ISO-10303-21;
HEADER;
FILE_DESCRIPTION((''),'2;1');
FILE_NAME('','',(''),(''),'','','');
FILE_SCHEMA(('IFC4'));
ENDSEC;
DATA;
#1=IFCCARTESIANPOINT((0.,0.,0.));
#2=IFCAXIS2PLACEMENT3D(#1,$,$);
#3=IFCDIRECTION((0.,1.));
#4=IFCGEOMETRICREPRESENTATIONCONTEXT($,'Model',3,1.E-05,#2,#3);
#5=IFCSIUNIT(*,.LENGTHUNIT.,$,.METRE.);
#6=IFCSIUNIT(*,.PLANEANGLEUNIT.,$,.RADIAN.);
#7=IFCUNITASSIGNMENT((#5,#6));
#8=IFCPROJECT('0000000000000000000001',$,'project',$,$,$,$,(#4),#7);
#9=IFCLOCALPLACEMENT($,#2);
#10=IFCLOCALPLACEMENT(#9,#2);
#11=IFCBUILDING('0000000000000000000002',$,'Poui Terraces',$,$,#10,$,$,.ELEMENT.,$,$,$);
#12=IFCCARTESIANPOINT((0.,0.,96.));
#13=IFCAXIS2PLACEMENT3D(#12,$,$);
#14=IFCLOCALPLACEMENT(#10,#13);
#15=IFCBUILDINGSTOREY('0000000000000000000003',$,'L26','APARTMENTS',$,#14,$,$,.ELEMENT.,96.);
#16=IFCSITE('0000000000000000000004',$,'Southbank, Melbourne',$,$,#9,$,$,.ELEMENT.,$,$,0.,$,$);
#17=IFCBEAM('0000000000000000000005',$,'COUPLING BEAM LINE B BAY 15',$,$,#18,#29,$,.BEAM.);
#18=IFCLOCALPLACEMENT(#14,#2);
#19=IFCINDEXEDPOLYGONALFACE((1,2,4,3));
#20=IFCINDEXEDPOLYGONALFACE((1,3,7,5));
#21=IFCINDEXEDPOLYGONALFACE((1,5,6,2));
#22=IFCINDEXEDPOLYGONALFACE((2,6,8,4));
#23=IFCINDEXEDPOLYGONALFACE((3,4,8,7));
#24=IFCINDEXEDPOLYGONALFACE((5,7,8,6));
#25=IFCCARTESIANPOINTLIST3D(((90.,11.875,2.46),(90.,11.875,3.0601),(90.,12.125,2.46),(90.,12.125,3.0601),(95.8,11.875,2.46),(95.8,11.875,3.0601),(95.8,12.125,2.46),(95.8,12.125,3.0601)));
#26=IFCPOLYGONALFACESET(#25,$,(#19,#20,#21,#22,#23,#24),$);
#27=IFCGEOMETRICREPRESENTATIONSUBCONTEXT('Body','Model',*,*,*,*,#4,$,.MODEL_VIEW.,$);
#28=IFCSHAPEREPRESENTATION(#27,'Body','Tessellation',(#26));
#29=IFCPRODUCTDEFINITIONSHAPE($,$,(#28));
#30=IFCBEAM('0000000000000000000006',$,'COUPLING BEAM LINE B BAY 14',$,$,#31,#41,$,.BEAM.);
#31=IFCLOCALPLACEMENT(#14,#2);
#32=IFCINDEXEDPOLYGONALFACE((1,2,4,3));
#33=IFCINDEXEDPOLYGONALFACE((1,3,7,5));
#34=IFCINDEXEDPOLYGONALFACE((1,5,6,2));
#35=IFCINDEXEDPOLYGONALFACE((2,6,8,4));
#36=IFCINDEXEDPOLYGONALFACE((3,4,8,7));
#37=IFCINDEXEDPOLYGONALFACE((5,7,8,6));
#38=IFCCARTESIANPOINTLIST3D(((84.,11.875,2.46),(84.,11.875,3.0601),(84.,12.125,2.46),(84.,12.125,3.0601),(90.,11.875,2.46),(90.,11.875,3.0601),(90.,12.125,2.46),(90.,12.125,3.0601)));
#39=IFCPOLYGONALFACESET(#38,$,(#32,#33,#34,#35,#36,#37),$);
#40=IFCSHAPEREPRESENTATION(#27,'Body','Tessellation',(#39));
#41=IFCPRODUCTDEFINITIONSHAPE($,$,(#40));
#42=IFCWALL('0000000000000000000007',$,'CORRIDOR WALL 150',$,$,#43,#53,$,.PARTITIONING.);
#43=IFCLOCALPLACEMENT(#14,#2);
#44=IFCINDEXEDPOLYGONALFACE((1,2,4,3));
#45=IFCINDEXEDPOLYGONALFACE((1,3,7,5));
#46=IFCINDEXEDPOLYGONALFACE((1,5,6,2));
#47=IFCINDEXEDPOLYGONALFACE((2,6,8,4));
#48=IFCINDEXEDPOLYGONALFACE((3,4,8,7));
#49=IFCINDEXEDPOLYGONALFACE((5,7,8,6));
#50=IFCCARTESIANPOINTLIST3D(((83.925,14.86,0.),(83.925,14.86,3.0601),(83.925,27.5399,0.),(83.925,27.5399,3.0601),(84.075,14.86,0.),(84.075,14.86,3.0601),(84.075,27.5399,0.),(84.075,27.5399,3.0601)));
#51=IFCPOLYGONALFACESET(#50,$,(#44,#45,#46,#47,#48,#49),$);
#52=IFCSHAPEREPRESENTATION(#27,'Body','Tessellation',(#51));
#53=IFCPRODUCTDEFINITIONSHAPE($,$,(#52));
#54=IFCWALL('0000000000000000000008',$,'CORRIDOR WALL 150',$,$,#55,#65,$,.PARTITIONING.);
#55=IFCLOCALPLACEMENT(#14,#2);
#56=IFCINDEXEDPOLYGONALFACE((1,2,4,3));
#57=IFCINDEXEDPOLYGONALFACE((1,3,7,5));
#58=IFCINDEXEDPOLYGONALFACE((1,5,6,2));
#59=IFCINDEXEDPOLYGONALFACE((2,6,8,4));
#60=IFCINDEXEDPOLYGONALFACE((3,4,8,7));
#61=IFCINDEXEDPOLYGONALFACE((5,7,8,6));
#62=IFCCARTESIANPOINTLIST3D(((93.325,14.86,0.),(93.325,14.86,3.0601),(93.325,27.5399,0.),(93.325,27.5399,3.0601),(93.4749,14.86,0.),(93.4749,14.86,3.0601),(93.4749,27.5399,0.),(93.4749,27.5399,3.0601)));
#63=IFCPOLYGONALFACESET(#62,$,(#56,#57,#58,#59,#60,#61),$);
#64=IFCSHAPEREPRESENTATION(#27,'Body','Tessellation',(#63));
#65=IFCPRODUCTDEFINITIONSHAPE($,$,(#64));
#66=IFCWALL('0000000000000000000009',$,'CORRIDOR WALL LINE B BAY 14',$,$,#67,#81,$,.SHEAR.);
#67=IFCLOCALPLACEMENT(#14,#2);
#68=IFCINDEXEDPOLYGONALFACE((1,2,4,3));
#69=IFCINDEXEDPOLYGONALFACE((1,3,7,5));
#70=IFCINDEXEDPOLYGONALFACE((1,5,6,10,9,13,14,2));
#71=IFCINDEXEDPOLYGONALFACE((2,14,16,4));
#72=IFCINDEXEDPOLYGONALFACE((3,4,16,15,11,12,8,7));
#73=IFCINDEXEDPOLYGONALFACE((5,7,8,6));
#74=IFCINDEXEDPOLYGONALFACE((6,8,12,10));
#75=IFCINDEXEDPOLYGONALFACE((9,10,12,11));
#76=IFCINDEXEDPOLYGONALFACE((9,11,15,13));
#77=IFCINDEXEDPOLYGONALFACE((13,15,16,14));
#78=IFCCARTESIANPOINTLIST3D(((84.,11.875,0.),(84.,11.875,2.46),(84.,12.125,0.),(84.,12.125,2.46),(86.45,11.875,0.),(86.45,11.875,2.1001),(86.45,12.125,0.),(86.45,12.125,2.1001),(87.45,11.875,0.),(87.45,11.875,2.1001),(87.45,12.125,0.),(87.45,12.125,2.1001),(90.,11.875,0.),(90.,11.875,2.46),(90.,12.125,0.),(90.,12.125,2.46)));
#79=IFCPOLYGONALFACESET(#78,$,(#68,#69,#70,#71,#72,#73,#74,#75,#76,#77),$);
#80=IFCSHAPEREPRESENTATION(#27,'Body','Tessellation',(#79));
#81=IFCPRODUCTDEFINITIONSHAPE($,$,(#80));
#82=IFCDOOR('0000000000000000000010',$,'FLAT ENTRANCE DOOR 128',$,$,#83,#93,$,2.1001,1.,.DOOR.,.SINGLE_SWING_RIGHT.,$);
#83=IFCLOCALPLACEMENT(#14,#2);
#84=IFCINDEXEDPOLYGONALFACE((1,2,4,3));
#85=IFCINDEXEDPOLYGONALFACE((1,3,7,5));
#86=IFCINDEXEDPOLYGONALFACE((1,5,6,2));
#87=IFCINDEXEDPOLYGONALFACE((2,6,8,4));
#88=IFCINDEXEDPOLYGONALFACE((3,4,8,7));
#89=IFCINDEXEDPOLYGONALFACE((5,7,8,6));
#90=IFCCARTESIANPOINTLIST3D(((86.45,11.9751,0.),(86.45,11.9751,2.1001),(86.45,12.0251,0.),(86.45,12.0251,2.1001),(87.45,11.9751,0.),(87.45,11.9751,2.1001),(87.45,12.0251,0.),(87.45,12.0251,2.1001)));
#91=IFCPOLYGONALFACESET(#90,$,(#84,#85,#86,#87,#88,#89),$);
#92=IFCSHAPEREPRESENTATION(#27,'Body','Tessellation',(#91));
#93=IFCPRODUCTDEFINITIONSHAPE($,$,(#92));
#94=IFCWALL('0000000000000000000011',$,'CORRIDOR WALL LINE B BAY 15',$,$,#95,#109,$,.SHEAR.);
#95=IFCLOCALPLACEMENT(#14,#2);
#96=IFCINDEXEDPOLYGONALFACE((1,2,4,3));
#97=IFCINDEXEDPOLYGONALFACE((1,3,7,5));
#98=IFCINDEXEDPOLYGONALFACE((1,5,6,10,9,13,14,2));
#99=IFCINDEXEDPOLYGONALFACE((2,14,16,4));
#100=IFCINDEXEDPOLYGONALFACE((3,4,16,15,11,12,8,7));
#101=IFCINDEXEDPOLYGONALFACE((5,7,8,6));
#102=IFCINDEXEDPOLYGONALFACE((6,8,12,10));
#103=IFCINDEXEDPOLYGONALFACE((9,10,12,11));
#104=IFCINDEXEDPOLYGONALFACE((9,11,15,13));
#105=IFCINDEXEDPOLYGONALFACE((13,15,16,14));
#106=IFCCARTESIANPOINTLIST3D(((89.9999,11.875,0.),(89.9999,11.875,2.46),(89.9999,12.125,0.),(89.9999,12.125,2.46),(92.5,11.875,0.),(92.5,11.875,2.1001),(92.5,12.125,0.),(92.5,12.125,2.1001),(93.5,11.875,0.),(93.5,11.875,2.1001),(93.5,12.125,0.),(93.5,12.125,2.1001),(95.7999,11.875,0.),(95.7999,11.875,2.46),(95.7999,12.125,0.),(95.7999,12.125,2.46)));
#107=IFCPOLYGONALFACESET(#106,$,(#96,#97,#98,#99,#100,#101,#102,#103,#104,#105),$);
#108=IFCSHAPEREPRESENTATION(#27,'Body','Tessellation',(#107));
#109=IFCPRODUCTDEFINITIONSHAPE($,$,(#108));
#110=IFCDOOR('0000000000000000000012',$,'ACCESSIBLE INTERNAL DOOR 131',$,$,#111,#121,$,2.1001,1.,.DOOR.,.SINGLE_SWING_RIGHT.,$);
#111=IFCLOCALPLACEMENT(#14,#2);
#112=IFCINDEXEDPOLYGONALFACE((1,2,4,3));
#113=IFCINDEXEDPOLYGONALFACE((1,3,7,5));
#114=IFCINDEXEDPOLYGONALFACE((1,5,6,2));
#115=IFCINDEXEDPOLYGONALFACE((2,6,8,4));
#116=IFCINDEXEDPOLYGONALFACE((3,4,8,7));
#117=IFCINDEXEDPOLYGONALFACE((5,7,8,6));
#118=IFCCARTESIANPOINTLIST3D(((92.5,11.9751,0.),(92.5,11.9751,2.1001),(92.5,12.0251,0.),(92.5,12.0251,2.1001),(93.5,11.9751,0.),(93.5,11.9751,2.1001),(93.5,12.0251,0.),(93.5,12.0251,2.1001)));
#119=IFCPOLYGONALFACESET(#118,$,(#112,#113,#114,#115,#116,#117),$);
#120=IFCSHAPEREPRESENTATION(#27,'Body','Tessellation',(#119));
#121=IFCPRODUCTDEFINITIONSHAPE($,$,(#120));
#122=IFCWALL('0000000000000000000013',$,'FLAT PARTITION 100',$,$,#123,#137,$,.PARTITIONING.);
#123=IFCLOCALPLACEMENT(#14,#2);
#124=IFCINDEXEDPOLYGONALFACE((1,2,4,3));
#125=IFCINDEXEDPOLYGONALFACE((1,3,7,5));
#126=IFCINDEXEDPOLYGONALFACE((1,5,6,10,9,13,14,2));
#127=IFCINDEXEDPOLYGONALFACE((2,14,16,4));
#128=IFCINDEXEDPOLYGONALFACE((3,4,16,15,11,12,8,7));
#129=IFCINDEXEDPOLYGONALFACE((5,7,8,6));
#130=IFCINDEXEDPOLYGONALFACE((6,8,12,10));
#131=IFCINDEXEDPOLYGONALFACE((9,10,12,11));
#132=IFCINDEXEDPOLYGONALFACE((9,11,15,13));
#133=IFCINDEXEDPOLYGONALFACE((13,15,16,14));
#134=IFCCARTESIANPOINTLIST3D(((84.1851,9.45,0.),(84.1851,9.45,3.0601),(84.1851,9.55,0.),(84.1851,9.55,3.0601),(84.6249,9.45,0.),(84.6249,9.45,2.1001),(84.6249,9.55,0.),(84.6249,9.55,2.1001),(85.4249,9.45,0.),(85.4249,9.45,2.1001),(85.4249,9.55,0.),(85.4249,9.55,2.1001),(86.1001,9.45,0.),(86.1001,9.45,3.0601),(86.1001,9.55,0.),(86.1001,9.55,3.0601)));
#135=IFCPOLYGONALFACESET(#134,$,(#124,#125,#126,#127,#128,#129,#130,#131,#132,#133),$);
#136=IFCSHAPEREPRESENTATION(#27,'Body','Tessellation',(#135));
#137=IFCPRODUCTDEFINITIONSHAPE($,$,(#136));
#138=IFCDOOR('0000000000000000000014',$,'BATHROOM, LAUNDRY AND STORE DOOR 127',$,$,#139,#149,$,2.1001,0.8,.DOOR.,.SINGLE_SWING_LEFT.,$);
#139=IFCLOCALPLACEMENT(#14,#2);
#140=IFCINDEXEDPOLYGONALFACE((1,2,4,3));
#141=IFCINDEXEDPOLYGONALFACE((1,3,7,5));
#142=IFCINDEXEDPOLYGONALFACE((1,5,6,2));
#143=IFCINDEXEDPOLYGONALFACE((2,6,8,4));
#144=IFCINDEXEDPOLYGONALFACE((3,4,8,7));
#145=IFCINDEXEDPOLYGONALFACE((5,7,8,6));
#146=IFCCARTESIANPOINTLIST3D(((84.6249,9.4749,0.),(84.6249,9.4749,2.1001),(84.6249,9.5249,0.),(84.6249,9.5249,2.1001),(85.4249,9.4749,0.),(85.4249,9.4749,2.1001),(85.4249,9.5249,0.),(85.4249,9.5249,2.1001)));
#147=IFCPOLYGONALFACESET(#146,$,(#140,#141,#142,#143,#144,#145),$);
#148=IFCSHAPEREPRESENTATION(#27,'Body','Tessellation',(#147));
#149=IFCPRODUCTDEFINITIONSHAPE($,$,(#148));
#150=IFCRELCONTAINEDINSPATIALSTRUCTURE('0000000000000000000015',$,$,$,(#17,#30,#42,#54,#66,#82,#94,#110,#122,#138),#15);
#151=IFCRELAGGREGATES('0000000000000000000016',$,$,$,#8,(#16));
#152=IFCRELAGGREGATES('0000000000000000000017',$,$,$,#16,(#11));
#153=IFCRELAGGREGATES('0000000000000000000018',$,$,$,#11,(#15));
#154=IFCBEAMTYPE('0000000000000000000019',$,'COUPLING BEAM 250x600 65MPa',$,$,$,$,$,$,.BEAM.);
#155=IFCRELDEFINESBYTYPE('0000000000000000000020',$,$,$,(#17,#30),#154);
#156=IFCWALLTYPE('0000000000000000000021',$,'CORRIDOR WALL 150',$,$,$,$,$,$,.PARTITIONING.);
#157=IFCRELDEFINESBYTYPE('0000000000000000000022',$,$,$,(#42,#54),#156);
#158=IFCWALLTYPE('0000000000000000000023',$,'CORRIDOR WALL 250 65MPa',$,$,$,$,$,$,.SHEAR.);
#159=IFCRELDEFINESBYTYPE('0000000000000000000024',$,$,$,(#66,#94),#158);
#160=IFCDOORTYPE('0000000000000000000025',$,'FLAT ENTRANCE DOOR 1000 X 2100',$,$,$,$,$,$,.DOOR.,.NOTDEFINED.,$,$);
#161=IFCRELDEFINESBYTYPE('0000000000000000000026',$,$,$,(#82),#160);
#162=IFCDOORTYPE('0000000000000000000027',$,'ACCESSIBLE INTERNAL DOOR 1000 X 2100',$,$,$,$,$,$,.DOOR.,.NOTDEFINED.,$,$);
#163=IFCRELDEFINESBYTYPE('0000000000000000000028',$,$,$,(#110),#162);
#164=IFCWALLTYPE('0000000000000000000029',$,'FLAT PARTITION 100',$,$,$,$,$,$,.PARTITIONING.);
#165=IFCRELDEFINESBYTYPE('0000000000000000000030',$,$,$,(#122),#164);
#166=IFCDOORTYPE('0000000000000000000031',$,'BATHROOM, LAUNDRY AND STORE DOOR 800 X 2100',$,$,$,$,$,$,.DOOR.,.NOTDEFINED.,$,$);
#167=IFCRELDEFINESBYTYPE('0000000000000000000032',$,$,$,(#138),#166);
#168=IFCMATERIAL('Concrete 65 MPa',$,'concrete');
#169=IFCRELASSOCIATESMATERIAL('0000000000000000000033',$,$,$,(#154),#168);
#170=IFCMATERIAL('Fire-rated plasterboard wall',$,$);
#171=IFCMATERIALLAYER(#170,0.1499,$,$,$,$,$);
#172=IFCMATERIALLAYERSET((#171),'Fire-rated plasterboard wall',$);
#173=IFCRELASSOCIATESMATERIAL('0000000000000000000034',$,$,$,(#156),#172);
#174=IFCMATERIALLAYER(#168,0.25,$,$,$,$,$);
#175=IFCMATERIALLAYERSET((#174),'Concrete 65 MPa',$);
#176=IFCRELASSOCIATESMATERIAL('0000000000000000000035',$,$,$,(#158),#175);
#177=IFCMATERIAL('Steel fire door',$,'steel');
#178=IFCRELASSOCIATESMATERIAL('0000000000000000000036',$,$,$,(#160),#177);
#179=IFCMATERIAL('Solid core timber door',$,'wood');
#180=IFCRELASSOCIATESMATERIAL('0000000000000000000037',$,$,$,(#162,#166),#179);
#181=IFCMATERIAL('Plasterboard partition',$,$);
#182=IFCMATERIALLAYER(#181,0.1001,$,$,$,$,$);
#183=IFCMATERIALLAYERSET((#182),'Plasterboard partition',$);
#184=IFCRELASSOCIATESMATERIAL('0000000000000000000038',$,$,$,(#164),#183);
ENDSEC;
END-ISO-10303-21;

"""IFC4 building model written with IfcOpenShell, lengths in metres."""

from ifc_helpers import new_model, si_unit, direction, frame, frame_2d, origin, origin_2d, place, context, subcontext, project, spatial, rectangle, extrude, source, transform, mapped, material, layer, layer_set, material_profile, profile_set, type_object, element, fill, save


model = new_model("IFC4")

# Units and contexts
model_context = context("Model", 3, precision=1e-05, world=origin(), true_north=direction((0.0, 1.0)))
body_context = subcontext(model_context, "Body", "Model", "MODEL_VIEW")
ifc_project = project(units=[si_unit("LENGTHUNIT", "METRE"), si_unit("PLANEANGLEUNIT", "RADIAN")], contexts=[model_context])

# Site, building, storey
site_placement = place(None, origin())
site = spatial("IfcSite", under=ifc_project, at=site_placement, Name="Southbank, Melbourne", CompositionType="ELEMENT", RefElevation=0.0)
building_placement = place(site_placement, origin())
building = spatial("IfcBuilding", under=site, at=building_placement, Name="Poui Terraces", CompositionType="ELEMENT")
storey_placement = place(building_placement, frame((0.0, 0.0, 96.0)))
storey = spatial("IfcBuildingStorey", under=building, at=storey_placement, Name="L26", Description="APARTMENTS", CompositionType="ELEMENT", Elevation=96.0)

# Beams
ifc_material_1 = material(Name="Concrete 65 MPa", Category="concrete")
ifc_material_profile = material_profile(ifc_material_1, rectangle(XDim=0.25, YDim=0.6001, at=origin_2d()), Name="RC 250x600")
ifc_profile_set = profile_set([ifc_material_profile], Name="Concrete 65 MPa")
beam_type = type_object("IfcBeamType", Name="COUPLING BEAM 250x600 65MPa", PredefinedType="BEAM", material=ifc_profile_set)
shared_shape_1 = source(origin(), body_context, "Body", "SweptSolid", [
    extrude(rectangle(XDim=0.25, YDim=0.6001, at=origin_2d()), origin(), (0.0, 0.0, 1.0), 5.8),
])
beam_1_placement = place(storey_placement, frame((90.0, 12.0, 2.76), z_axis=(1.0, 0.0, 0.0), x_axis=(0.0, 1.0, 0.0)))
element("IfcBeam", 1, at=beam_1_placement, inside=storey, type_object=beam_type, Name="COUPLING BEAM LINE B BAY 15", PredefinedType="BEAM", context=body_context, shape_type="MappedRepresentation", body=[
    mapped(shared_shape_1, transform((0.0, 0.0, 0.0))),
])
shared_shape_2 = source(origin(), body_context, "Body", "SweptSolid", [
    extrude(rectangle(XDim=0.25, YDim=0.6001, at=origin_2d()), origin(), (0.0, 0.0, 1.0), 6.0),
])
beam_2_placement = place(storey_placement, frame((84.0, 12.0, 2.76), z_axis=(1.0, 0.0, 0.0), x_axis=(0.0, 1.0, 0.0)))
element("IfcBeam", 2, at=beam_2_placement, inside=storey, type_object=beam_type, Name="COUPLING BEAM LINE B BAY 14", PredefinedType="BEAM", context=body_context, shape_type="MappedRepresentation", body=[
    mapped(shared_shape_2, transform((0.0, 0.0, 0.0))),
])

# Walls
ifc_material_2 = material(Name="Fire-rated plasterboard wall")
ifc_layer_1 = layer(ifc_material_2, 0.1499)
ifc_layer_set_1 = layer_set([ifc_layer_1], Name="Fire-rated plasterboard wall")
wall_type_1 = type_object("IfcWallType", Name="CORRIDOR WALL 150", PredefinedType="PARTITIONING", material=ifc_layer_set_1)
for number, where, z_axis, x_axis, name in (
    (3, (84.0, 14.8601, 0.0), (0.0, 0.0, 1.0), (0.0, 1.0, 0.0), "CORRIDOR WALL 150"),
    (4, (93.3999, 14.8601, 0.0), (0.0, 0.0, 1.0), (0.0, 1.0, 0.0), "CORRIDOR WALL 150"),
):
    element("IfcWall", number, at=place(storey_placement, frame(where, z_axis=z_axis, x_axis=x_axis)), inside=storey, type_object=wall_type_1, Name=name, PredefinedType="PARTITIONING", context=body_context, shape_type="SweptSolid", body=[
        extrude(rectangle(XDim=12.6799, YDim=0.1499, at=frame_2d((6.3398, 0.0))), origin(), (0.0, 0.0, 1.0), 3.0601),
    ])

# Walls, openings, doors
ifc_layer_2 = layer(ifc_material_1, 0.25)
ifc_layer_set_2 = layer_set([ifc_layer_2], Name="Concrete 65 MPa")
wall_type_2 = type_object("IfcWallType", Name="CORRIDOR WALL 250 65MPa", PredefinedType="SHEAR", material=ifc_layer_set_2)
wall_1_placement = place(storey_placement, frame((84.0, 12.0, 0.0), z_axis=(0.0, 0.0, 1.0), x_axis=(1.0, 0.0, 0.0)))
wall_1 = element("IfcWall", 5, at=wall_1_placement, inside=storey, type_object=wall_type_2, Name="CORRIDOR WALL LINE B BAY 14", PredefinedType="SHEAR", context=body_context, shape_type="SweptSolid", body=[
    extrude(rectangle(XDim=6.0, YDim=0.25, at=frame_2d((3.0, 0.0))), origin(), (0.0, 0.0, 1.0), 2.46),
])
opening_1_placement = place(wall_1_placement, frame((2.45, 0.0, 0.0)))
opening_1 = element("IfcOpeningElement", 6, at=opening_1_placement, cuts=wall_1, PredefinedType="OPENING", context=body_context, shape_type="SweptSolid", body=[
    extrude(rectangle(XDim=1.0, YDim=2.1001, at=frame_2d((0.5, 1.05))), frame((0.0, 0.135, 0.0), z_axis=(0.0, -1.0, 0.0), x_axis=(1.0, 0.0, 0.0)), (0.0, 0.0, 1.0), 0.27),
])
ifc_material_3 = material(Name="Steel fire door", Category="steel")
door_type_1 = type_object("IfcDoorType", Name="FLAT ENTRANCE DOOR 1000 X 2100", OperationType="NOTDEFINED", PredefinedType="DOOR", material=ifc_material_3)
door_1_placement = place(opening_1_placement, frame((1.0, 0.0, 0.0), z_axis=(0.0, 0.0, 1.0), x_axis=(-1.0, 0.0, 0.0)))
door_1 = element("IfcDoor", 7, at=door_1_placement, inside=storey, type_object=door_type_1, Name="FLAT ENTRANCE DOOR 128", OperationType="SINGLE_SWING_RIGHT", OverallHeight=2.1001, OverallWidth=1.0, PredefinedType="DOOR", context=body_context, shape_type="SweptSolid", body=[
    extrude(rectangle(XDim=1.0, YDim=2.1001, at=frame_2d((0.5, 1.05))), frame((0.0, 0.0249, 0.0), z_axis=(0.0, -1.0, 0.0), x_axis=(1.0, 0.0, 0.0)), (0.0, 0.0, 1.0), 0.05),
])
fill(opening_1, door_1)
wall_2_placement = place(storey_placement, frame((90.0, 12.0, 0.0), z_axis=(0.0, 0.0, 1.0), x_axis=(1.0, 0.0, 0.0)))
wall_2 = element("IfcWall", 8, at=wall_2_placement, inside=storey, type_object=wall_type_2, Name="CORRIDOR WALL LINE B BAY 15", PredefinedType="SHEAR", context=body_context, shape_type="SweptSolid", body=[
    extrude(rectangle(XDim=5.8, YDim=0.25, at=frame_2d((2.8999, 0.0))), origin(), (0.0, 0.0, 1.0), 2.46),
])
opening_2_placement = place(wall_2_placement, frame((2.5, 0.0, 0.0)))
opening_2 = element("IfcOpeningElement", 9, at=opening_2_placement, cuts=wall_2, PredefinedType="OPENING", context=body_context, shape_type="SweptSolid", body=[
    extrude(rectangle(XDim=1.0, YDim=2.1001, at=frame_2d((0.5, 1.05))), frame((0.0, 0.135, 0.0), z_axis=(0.0, -1.0, 0.0), x_axis=(1.0, 0.0, 0.0)), (0.0, 0.0, 1.0), 0.27),
])
ifc_material_4 = material(Name="Solid core timber door", Category="wood")
door_type_2 = type_object("IfcDoorType", Name="ACCESSIBLE INTERNAL DOOR 1000 X 2100", OperationType="NOTDEFINED", PredefinedType="DOOR", material=ifc_material_4)
door_2_placement = place(opening_2_placement, frame((1.0, 0.0, 0.0), z_axis=(0.0, 0.0, 1.0), x_axis=(-1.0, 0.0, 0.0)))
door_2 = element("IfcDoor", 10, at=door_2_placement, inside=storey, type_object=door_type_2, Name="ACCESSIBLE INTERNAL DOOR 131", OperationType="SINGLE_SWING_RIGHT", OverallHeight=2.1001, OverallWidth=1.0, PredefinedType="DOOR", context=body_context, shape_type="SweptSolid", body=[
    extrude(rectangle(XDim=1.0, YDim=2.1001, at=frame_2d((0.5, 1.05))), frame((0.0, 0.0249, 0.0), z_axis=(0.0, -1.0, 0.0), x_axis=(1.0, 0.0, 0.0)), (0.0, 0.0, 1.0), 0.05),
])
fill(opening_2, door_2)
ifc_material_5 = material(Name="Plasterboard partition")
ifc_layer_3 = layer(ifc_material_5, 0.1001)
ifc_layer_set_3 = layer_set([ifc_layer_3], Name="Plasterboard partition")
wall_type_3 = type_object("IfcWallType", Name="FLAT PARTITION 100", PredefinedType="PARTITIONING", material=ifc_layer_set_3)
wall_3_placement = place(storey_placement, frame((84.1851, 9.5, 0.0), z_axis=(0.0, 0.0, 1.0), x_axis=(1.0, 0.0, 0.0)))
wall_3 = element("IfcWall", 11, at=wall_3_placement, inside=storey, type_object=wall_type_3, Name="FLAT PARTITION 100", PredefinedType="PARTITIONING", context=body_context, shape_type="SweptSolid", body=[
    extrude(rectangle(XDim=1.915, YDim=0.1001, at=frame_2d((0.9575, 0.0))), origin(), (0.0, 0.0, 1.0), 3.0601),
])
opening_3_placement = place(wall_3_placement, frame((0.4399, 0.0, 0.0)))
opening_3 = element("IfcOpeningElement", 12, at=opening_3_placement, cuts=wall_3, PredefinedType="OPENING", context=body_context, shape_type="SweptSolid", body=[
    extrude(rectangle(XDim=0.8, YDim=2.1001, at=frame_2d((0.3999, 1.05))), frame((0.0, 0.0601, 0.0), z_axis=(0.0, -1.0, 0.0), x_axis=(1.0, 0.0, 0.0)), (0.0, 0.0, 1.0), 0.1201),
])
door_type_3 = type_object("IfcDoorType", Name="BATHROOM, LAUNDRY AND STORE DOOR 800 X 2100", OperationType="NOTDEFINED", PredefinedType="DOOR", material=ifc_material_4)
door_3_placement = place(opening_3_placement, origin())
door_3 = element("IfcDoor", 13, at=door_3_placement, inside=storey, type_object=door_type_3, Name="BATHROOM, LAUNDRY AND STORE DOOR 127", OperationType="SINGLE_SWING_LEFT", OverallHeight=2.1001, OverallWidth=0.8, PredefinedType="DOOR", context=body_context, shape_type="SweptSolid", body=[
    extrude(rectangle(XDim=0.8, YDim=2.1001, at=frame_2d((0.3999, 1.05))), frame((0.0, 0.0249, 0.0), z_axis=(0.0, -1.0, 0.0), x_axis=(1.0, 0.0, 0.0)), (0.0, 0.0, 1.0), 0.05),
])
fill(opening_3, door_3)

save(model, "model.ifc")
